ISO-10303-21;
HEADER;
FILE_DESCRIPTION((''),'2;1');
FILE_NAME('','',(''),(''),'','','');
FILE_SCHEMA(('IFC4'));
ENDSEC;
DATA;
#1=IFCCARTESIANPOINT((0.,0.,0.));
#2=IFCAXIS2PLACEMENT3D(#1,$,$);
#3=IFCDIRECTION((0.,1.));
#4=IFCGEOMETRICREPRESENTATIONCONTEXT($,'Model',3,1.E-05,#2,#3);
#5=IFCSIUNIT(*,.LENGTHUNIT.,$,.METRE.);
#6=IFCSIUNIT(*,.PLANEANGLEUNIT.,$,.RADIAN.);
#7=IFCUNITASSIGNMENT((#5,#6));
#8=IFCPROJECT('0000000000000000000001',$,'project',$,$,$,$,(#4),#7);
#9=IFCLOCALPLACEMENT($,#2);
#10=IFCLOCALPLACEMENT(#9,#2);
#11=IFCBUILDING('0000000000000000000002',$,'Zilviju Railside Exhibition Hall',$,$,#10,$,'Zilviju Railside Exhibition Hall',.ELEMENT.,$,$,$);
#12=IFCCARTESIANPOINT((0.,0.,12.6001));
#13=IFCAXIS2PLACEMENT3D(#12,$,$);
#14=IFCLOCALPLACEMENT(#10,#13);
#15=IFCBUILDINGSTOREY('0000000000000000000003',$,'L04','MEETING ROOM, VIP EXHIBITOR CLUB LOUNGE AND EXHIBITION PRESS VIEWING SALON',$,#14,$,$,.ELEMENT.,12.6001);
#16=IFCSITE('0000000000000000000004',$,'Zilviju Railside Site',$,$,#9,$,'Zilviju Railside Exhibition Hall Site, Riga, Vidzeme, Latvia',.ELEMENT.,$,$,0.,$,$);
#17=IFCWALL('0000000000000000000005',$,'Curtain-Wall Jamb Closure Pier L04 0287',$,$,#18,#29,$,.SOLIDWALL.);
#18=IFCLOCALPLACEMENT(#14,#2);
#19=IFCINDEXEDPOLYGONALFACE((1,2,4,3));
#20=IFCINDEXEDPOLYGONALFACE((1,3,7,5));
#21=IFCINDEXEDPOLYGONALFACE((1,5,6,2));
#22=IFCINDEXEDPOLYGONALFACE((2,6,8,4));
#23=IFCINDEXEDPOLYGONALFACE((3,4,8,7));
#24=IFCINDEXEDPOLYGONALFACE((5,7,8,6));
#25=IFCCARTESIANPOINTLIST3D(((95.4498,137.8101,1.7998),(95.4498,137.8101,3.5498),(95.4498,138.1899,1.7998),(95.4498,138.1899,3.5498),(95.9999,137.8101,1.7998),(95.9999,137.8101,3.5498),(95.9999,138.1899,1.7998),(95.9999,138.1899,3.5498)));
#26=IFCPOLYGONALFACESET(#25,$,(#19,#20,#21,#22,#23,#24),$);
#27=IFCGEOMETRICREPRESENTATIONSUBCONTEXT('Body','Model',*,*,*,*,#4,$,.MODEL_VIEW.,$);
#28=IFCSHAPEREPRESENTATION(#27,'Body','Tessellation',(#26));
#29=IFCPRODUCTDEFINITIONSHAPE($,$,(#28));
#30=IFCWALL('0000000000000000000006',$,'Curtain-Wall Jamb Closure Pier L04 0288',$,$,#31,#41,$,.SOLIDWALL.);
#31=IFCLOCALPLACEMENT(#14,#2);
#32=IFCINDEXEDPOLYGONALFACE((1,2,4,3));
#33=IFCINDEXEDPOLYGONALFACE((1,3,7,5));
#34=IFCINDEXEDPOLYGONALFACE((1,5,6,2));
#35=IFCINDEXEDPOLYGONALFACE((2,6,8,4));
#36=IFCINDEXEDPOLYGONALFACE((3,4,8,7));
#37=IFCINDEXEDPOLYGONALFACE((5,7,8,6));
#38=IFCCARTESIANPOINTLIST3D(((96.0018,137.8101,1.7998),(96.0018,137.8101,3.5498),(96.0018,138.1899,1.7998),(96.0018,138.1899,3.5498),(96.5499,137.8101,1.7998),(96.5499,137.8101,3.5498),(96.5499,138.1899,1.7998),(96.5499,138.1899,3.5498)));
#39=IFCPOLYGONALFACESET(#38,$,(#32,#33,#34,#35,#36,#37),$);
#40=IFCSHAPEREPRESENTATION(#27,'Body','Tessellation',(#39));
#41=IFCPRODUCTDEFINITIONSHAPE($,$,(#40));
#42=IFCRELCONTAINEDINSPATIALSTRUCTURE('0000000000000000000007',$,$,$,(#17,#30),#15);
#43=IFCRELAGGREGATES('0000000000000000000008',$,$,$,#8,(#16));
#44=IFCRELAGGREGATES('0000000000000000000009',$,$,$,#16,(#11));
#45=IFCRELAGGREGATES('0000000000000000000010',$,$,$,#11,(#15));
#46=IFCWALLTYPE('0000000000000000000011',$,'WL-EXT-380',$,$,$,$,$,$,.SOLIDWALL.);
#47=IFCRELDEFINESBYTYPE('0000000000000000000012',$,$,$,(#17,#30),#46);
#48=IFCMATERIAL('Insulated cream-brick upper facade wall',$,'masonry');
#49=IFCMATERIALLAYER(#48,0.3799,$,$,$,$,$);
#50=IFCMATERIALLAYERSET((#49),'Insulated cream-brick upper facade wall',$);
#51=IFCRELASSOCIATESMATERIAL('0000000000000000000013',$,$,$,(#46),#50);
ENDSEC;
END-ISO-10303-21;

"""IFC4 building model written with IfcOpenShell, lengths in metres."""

from ifc_helpers import new_model, si_unit, direction, frame, frame_2d, origin, place, context, subcontext, project, spatial, rectangle, extrude, material, layer, layer_set, type_object, element, save


model = new_model("IFC4")

# Units and contexts
model_context = context("Model", 3, precision=1e-05, world=origin(), true_north=direction((0.0, 1.0)))
body_context = subcontext(model_context, "Body", "Model", "MODEL_VIEW")
ifc_project = project(units=[si_unit("LENGTHUNIT", "METRE"), si_unit("PLANEANGLEUNIT", "RADIAN")], contexts=[model_context])

# Site, building, storey
site_placement = place(None, origin())
site = spatial("IfcSite", under=ifc_project, at=site_placement, Name="Zilviju Railside Site", LongName="Zilviju Railside Exhibition Hall Site, Riga, Vidzeme, Latvia", CompositionType="ELEMENT", RefElevation=0.0)
building_placement = place(site_placement, origin())
building = spatial("IfcBuilding", under=site, at=building_placement, Name="Zilviju Railside Exhibition Hall", LongName="Zilviju Railside Exhibition Hall", CompositionType="ELEMENT")
storey_placement = place(building_placement, frame((0.0, 0.0, 12.6001)))
storey = spatial("IfcBuildingStorey", under=building, at=storey_placement, Name="L04", Description="MEETING ROOM, VIP EXHIBITOR CLUB LOUNGE AND EXHIBITION PRESS VIEWING SALON", CompositionType="ELEMENT", Elevation=12.6001)

# Walls
ifc_material_1 = material(Name="Insulated cream-brick upper facade wall", Category="masonry")
ifc_layer_1 = layer(ifc_material_1, 0.3799)
ifc_layer_set_1 = layer_set([ifc_layer_1], Name="Insulated cream-brick upper facade wall")
wall_type = type_object("IfcWallType", Name="WL-EXT-380", PredefinedType="SOLIDWALL", material=ifc_layer_set_1)
wall_1_placement = place(storey_placement, frame((95.45, 138.0, 1.7998), z_axis=(0.0, 0.0, 1.0), x_axis=(1.0, 0.0, 0.0)))
element("IfcWall", 1, at=wall_1_placement, inside=storey, type_object=wall_type, Name="Curtain-Wall Jamb Closure Pier L04 0287", PredefinedType="SOLIDWALL", context=body_context, shape_type="SweptSolid", body=[
    extrude(rectangle(XDim=0.55, YDim=0.3799, at=frame_2d((0.2749, 0.0))), origin(), (0.0, 0.0, 1.0), 1.75),
])
wall_2_placement = place(storey_placement, frame((96.002, 138.0, 1.7998), z_axis=(0.0, 0.0, 1.0), x_axis=(1.0, 0.0, 0.0)))
element("IfcWall", 2, at=wall_2_placement, inside=storey, type_object=wall_type, Name="Curtain-Wall Jamb Closure Pier L04 0288", PredefinedType="SOLIDWALL", context=body_context, shape_type="SweptSolid", body=[
    extrude(rectangle(XDim=0.5481, YDim=0.3799, at=frame_2d((0.2739, 0.0))), origin(), (0.0, 0.0, 1.0), 1.75),
])

save(model, "model.ifc")
